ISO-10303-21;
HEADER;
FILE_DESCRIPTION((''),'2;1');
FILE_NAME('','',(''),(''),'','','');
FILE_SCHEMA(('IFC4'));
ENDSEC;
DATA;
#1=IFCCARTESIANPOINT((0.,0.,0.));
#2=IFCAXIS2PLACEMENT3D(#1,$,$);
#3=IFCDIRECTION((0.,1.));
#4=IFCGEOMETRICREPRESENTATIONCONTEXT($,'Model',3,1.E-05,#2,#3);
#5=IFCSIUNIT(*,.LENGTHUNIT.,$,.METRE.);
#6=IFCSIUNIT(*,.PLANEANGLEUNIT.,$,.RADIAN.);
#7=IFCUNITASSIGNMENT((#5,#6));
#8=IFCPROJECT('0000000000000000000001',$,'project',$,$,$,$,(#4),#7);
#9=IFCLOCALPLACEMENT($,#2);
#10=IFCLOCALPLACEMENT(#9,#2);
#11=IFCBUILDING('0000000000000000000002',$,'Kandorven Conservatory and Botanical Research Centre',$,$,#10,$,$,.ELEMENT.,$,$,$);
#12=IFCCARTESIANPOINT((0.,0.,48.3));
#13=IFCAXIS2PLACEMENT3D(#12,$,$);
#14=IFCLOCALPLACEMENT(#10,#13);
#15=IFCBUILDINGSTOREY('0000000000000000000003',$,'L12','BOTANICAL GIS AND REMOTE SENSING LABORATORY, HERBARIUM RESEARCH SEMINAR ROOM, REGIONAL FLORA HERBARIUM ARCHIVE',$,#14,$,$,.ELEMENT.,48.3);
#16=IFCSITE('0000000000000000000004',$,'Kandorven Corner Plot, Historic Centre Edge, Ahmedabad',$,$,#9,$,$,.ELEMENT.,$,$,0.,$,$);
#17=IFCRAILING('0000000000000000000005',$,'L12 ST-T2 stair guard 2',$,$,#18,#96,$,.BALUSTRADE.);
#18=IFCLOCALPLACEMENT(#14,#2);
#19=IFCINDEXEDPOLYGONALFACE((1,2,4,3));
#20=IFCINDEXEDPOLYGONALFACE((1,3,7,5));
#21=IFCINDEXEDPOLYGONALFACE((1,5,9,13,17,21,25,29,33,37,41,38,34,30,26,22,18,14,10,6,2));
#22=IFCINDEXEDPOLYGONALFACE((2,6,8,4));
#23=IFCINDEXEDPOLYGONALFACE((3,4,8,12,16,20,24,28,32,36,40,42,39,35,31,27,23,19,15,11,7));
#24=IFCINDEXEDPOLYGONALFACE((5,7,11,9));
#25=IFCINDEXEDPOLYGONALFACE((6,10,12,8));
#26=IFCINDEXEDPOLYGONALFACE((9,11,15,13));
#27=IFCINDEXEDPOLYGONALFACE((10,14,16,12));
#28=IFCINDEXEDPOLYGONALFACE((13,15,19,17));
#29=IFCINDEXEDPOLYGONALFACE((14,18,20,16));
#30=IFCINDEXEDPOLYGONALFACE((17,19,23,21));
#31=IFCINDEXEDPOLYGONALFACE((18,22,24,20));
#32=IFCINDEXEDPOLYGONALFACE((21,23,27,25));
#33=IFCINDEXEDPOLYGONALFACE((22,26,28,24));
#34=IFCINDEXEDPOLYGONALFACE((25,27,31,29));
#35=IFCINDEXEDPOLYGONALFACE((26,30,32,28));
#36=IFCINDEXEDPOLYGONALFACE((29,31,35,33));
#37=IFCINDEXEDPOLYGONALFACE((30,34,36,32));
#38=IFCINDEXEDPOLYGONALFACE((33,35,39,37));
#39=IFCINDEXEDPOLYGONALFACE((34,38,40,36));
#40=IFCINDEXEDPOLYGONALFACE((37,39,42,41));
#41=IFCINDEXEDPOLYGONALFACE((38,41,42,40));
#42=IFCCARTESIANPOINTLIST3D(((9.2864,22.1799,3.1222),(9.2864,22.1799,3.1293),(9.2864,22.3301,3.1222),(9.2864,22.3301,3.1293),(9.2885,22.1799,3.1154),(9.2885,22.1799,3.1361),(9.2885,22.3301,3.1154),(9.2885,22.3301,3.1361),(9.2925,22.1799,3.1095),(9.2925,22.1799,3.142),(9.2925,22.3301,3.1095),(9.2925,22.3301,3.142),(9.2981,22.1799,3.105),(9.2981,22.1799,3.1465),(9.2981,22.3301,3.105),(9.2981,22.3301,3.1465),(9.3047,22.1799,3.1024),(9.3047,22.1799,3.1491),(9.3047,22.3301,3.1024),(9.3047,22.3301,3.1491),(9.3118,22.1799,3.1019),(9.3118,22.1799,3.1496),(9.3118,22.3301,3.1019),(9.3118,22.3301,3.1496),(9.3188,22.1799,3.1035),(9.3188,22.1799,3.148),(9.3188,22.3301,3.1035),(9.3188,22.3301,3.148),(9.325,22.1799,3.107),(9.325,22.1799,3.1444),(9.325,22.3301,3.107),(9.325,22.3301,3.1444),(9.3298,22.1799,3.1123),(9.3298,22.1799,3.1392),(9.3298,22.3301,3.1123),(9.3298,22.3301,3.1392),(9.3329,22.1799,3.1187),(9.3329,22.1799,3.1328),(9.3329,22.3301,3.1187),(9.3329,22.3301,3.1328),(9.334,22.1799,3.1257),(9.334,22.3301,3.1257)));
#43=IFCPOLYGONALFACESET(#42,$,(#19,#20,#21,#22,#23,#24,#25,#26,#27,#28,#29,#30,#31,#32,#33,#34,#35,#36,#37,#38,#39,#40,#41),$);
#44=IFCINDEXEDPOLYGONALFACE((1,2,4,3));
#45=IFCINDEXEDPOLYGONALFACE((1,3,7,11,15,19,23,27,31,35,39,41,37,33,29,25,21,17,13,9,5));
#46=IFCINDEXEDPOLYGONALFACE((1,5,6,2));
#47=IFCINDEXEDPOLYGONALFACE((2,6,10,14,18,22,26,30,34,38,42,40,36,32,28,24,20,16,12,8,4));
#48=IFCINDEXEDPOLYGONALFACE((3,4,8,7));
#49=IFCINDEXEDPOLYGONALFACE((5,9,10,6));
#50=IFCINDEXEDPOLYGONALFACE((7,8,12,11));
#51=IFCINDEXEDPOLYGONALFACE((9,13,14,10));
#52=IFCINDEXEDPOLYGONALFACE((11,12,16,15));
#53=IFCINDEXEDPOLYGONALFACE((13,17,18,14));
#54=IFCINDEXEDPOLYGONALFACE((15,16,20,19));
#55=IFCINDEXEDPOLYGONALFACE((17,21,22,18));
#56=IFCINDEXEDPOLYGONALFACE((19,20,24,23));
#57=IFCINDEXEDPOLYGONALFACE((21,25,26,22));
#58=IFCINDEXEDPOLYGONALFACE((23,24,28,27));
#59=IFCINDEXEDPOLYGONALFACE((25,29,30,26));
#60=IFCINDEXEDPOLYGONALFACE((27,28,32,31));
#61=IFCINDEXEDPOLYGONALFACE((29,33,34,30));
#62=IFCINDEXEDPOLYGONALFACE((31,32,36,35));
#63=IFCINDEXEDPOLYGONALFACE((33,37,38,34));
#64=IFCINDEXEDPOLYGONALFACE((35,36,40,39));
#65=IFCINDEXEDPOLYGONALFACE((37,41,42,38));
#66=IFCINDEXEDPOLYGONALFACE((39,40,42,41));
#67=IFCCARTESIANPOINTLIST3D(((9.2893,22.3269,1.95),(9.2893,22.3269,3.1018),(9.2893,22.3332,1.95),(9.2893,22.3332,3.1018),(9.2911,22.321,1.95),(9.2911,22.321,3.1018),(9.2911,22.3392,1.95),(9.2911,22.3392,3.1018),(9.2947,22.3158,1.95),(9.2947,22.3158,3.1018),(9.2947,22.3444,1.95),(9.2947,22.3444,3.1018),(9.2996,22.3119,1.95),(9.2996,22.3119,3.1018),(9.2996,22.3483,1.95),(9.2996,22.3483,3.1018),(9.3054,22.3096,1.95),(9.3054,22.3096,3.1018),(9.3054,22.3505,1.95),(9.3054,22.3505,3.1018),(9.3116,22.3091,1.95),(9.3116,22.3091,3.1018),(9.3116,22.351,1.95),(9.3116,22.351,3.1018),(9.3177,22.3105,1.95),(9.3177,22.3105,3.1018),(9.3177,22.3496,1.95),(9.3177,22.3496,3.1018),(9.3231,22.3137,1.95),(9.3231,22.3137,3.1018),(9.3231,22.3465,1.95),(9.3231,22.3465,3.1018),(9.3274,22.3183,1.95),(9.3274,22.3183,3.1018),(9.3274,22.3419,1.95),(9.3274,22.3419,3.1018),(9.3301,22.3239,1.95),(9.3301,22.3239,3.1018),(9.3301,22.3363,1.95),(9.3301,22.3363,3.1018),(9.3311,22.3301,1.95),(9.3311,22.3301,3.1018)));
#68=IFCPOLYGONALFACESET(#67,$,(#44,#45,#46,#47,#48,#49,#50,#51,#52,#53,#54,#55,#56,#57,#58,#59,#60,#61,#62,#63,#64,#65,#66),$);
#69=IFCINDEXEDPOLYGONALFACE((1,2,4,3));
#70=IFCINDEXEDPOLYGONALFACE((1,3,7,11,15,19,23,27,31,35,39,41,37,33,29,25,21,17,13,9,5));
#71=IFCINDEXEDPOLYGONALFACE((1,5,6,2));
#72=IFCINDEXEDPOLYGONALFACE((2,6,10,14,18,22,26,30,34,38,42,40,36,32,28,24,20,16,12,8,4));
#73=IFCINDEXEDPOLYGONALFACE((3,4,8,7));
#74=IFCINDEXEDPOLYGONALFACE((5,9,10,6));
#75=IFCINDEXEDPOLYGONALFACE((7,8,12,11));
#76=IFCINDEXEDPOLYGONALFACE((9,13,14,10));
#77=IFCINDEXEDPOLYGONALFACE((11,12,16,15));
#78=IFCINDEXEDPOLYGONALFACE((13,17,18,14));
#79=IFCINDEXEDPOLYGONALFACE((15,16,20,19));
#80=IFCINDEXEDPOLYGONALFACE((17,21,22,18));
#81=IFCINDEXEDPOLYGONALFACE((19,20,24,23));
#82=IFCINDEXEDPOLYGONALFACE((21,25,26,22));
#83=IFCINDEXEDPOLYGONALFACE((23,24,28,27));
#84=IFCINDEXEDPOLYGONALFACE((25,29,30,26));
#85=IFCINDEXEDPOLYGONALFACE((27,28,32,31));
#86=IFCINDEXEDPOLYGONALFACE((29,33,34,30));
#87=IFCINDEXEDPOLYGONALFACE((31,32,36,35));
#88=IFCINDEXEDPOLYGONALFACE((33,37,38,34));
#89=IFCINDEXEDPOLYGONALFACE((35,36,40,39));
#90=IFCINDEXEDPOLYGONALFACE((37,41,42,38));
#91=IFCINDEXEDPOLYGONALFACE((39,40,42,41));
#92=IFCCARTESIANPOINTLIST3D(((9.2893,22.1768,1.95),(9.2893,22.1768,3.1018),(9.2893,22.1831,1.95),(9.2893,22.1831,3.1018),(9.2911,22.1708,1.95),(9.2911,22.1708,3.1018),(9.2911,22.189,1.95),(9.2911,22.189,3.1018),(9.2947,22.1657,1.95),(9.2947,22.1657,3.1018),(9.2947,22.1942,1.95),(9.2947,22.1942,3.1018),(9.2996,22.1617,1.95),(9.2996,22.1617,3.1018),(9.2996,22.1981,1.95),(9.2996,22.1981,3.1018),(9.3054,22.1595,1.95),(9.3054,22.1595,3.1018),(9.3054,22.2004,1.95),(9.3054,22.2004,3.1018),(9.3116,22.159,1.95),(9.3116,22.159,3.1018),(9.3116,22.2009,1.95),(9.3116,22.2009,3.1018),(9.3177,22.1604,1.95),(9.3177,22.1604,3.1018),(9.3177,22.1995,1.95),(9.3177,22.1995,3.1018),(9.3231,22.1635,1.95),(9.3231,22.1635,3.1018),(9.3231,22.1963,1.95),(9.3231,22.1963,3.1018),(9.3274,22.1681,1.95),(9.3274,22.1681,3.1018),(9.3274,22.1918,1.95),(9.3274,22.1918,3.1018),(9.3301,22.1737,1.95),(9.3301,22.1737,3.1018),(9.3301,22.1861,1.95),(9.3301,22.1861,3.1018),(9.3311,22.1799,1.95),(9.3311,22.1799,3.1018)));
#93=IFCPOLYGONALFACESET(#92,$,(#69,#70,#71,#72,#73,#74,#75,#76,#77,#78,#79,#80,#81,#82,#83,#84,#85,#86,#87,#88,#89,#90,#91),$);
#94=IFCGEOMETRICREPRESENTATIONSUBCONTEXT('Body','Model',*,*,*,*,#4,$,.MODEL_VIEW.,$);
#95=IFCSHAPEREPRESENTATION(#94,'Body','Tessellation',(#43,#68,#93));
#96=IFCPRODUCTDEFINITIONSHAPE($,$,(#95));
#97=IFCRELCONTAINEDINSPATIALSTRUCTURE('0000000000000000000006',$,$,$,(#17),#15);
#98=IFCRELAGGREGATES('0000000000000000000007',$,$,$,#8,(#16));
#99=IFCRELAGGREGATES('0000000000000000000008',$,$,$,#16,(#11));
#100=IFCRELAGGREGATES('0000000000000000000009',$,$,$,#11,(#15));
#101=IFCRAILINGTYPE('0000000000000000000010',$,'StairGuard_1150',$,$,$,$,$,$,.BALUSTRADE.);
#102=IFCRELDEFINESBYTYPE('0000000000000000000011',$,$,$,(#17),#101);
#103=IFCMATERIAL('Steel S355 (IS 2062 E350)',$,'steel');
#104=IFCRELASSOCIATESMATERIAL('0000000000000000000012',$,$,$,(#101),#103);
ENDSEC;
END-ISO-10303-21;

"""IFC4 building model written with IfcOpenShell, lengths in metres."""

from ifc_helpers import new_model, si_unit, direction, frame, origin, origin_2d, place, context, subcontext, project, spatial, circle, extrude, material, type_object, element, save


model = new_model("IFC4")

# Units and contexts
model_context = context("Model", 3, precision=1e-05, world=origin(), true_north=direction((0.0, 1.0)))
body_context = subcontext(model_context, "Body", "Model", "MODEL_VIEW")
ifc_project = project(units=[si_unit("LENGTHUNIT", "METRE"), si_unit("PLANEANGLEUNIT", "RADIAN")], contexts=[model_context])

# Site, building, storey
site_placement = place(None, origin())
site = spatial("IfcSite", under=ifc_project, at=site_placement, Name="Kandorven Corner Plot, Historic Centre Edge, Ahmedabad", CompositionType="ELEMENT", RefElevation=0.0)
building_placement = place(site_placement, origin())
building = spatial("IfcBuilding", under=site, at=building_placement, Name="Kandorven Conservatory and Botanical Research Centre", CompositionType="ELEMENT")
storey_placement = place(building_placement, frame((0.0, 0.0, 48.3)))
storey = spatial("IfcBuildingStorey", under=building, at=storey_placement, Name="L12", Description="BOTANICAL GIS AND REMOTE SENSING LABORATORY, HERBARIUM RESEARCH SEMINAR ROOM, REGIONAL FLORA HERBARIUM ARCHIVE", CompositionType="ELEMENT", Elevation=48.3)

# Railing
ifc_material_1 = material(Name="Steel S355 (IS 2062 E350)", Category="steel")
railing_type_1 = type_object("IfcRailingType", Name="StairGuard_1150", PredefinedType="BALUSTRADE", material=ifc_material_1)
railing_1_placement = place(storey_placement, frame((9.3101, 22.3301, 1.95)))
element("IfcRailing", 1, at=railing_1_placement, inside=storey, type_object=railing_type_1, Name="L12 ST-T2 stair guard 2", PredefinedType="BALUSTRADE", context=body_context, shape_type="SweptSolid", body=[
    extrude(circle(Radius=0.0239, at=origin_2d()), frame((0.0, 0.0, 1.1758), z_axis=(0.0, -1.0, 0.0), x_axis=(1.0, 0.0, 0.0)), (0.0, 0.0, 1.0), 0.1501),
    extrude(circle(Radius=0.021, at=origin_2d()), origin(), (0.0, 0.0, 1.0), 1.1519),
    extrude(circle(Radius=0.021, at=origin_2d()), frame((0.0, -0.1501, 0.0)), (0.0, 0.0, 1.0), 1.1519),
])

save(model, "model.ifc")
